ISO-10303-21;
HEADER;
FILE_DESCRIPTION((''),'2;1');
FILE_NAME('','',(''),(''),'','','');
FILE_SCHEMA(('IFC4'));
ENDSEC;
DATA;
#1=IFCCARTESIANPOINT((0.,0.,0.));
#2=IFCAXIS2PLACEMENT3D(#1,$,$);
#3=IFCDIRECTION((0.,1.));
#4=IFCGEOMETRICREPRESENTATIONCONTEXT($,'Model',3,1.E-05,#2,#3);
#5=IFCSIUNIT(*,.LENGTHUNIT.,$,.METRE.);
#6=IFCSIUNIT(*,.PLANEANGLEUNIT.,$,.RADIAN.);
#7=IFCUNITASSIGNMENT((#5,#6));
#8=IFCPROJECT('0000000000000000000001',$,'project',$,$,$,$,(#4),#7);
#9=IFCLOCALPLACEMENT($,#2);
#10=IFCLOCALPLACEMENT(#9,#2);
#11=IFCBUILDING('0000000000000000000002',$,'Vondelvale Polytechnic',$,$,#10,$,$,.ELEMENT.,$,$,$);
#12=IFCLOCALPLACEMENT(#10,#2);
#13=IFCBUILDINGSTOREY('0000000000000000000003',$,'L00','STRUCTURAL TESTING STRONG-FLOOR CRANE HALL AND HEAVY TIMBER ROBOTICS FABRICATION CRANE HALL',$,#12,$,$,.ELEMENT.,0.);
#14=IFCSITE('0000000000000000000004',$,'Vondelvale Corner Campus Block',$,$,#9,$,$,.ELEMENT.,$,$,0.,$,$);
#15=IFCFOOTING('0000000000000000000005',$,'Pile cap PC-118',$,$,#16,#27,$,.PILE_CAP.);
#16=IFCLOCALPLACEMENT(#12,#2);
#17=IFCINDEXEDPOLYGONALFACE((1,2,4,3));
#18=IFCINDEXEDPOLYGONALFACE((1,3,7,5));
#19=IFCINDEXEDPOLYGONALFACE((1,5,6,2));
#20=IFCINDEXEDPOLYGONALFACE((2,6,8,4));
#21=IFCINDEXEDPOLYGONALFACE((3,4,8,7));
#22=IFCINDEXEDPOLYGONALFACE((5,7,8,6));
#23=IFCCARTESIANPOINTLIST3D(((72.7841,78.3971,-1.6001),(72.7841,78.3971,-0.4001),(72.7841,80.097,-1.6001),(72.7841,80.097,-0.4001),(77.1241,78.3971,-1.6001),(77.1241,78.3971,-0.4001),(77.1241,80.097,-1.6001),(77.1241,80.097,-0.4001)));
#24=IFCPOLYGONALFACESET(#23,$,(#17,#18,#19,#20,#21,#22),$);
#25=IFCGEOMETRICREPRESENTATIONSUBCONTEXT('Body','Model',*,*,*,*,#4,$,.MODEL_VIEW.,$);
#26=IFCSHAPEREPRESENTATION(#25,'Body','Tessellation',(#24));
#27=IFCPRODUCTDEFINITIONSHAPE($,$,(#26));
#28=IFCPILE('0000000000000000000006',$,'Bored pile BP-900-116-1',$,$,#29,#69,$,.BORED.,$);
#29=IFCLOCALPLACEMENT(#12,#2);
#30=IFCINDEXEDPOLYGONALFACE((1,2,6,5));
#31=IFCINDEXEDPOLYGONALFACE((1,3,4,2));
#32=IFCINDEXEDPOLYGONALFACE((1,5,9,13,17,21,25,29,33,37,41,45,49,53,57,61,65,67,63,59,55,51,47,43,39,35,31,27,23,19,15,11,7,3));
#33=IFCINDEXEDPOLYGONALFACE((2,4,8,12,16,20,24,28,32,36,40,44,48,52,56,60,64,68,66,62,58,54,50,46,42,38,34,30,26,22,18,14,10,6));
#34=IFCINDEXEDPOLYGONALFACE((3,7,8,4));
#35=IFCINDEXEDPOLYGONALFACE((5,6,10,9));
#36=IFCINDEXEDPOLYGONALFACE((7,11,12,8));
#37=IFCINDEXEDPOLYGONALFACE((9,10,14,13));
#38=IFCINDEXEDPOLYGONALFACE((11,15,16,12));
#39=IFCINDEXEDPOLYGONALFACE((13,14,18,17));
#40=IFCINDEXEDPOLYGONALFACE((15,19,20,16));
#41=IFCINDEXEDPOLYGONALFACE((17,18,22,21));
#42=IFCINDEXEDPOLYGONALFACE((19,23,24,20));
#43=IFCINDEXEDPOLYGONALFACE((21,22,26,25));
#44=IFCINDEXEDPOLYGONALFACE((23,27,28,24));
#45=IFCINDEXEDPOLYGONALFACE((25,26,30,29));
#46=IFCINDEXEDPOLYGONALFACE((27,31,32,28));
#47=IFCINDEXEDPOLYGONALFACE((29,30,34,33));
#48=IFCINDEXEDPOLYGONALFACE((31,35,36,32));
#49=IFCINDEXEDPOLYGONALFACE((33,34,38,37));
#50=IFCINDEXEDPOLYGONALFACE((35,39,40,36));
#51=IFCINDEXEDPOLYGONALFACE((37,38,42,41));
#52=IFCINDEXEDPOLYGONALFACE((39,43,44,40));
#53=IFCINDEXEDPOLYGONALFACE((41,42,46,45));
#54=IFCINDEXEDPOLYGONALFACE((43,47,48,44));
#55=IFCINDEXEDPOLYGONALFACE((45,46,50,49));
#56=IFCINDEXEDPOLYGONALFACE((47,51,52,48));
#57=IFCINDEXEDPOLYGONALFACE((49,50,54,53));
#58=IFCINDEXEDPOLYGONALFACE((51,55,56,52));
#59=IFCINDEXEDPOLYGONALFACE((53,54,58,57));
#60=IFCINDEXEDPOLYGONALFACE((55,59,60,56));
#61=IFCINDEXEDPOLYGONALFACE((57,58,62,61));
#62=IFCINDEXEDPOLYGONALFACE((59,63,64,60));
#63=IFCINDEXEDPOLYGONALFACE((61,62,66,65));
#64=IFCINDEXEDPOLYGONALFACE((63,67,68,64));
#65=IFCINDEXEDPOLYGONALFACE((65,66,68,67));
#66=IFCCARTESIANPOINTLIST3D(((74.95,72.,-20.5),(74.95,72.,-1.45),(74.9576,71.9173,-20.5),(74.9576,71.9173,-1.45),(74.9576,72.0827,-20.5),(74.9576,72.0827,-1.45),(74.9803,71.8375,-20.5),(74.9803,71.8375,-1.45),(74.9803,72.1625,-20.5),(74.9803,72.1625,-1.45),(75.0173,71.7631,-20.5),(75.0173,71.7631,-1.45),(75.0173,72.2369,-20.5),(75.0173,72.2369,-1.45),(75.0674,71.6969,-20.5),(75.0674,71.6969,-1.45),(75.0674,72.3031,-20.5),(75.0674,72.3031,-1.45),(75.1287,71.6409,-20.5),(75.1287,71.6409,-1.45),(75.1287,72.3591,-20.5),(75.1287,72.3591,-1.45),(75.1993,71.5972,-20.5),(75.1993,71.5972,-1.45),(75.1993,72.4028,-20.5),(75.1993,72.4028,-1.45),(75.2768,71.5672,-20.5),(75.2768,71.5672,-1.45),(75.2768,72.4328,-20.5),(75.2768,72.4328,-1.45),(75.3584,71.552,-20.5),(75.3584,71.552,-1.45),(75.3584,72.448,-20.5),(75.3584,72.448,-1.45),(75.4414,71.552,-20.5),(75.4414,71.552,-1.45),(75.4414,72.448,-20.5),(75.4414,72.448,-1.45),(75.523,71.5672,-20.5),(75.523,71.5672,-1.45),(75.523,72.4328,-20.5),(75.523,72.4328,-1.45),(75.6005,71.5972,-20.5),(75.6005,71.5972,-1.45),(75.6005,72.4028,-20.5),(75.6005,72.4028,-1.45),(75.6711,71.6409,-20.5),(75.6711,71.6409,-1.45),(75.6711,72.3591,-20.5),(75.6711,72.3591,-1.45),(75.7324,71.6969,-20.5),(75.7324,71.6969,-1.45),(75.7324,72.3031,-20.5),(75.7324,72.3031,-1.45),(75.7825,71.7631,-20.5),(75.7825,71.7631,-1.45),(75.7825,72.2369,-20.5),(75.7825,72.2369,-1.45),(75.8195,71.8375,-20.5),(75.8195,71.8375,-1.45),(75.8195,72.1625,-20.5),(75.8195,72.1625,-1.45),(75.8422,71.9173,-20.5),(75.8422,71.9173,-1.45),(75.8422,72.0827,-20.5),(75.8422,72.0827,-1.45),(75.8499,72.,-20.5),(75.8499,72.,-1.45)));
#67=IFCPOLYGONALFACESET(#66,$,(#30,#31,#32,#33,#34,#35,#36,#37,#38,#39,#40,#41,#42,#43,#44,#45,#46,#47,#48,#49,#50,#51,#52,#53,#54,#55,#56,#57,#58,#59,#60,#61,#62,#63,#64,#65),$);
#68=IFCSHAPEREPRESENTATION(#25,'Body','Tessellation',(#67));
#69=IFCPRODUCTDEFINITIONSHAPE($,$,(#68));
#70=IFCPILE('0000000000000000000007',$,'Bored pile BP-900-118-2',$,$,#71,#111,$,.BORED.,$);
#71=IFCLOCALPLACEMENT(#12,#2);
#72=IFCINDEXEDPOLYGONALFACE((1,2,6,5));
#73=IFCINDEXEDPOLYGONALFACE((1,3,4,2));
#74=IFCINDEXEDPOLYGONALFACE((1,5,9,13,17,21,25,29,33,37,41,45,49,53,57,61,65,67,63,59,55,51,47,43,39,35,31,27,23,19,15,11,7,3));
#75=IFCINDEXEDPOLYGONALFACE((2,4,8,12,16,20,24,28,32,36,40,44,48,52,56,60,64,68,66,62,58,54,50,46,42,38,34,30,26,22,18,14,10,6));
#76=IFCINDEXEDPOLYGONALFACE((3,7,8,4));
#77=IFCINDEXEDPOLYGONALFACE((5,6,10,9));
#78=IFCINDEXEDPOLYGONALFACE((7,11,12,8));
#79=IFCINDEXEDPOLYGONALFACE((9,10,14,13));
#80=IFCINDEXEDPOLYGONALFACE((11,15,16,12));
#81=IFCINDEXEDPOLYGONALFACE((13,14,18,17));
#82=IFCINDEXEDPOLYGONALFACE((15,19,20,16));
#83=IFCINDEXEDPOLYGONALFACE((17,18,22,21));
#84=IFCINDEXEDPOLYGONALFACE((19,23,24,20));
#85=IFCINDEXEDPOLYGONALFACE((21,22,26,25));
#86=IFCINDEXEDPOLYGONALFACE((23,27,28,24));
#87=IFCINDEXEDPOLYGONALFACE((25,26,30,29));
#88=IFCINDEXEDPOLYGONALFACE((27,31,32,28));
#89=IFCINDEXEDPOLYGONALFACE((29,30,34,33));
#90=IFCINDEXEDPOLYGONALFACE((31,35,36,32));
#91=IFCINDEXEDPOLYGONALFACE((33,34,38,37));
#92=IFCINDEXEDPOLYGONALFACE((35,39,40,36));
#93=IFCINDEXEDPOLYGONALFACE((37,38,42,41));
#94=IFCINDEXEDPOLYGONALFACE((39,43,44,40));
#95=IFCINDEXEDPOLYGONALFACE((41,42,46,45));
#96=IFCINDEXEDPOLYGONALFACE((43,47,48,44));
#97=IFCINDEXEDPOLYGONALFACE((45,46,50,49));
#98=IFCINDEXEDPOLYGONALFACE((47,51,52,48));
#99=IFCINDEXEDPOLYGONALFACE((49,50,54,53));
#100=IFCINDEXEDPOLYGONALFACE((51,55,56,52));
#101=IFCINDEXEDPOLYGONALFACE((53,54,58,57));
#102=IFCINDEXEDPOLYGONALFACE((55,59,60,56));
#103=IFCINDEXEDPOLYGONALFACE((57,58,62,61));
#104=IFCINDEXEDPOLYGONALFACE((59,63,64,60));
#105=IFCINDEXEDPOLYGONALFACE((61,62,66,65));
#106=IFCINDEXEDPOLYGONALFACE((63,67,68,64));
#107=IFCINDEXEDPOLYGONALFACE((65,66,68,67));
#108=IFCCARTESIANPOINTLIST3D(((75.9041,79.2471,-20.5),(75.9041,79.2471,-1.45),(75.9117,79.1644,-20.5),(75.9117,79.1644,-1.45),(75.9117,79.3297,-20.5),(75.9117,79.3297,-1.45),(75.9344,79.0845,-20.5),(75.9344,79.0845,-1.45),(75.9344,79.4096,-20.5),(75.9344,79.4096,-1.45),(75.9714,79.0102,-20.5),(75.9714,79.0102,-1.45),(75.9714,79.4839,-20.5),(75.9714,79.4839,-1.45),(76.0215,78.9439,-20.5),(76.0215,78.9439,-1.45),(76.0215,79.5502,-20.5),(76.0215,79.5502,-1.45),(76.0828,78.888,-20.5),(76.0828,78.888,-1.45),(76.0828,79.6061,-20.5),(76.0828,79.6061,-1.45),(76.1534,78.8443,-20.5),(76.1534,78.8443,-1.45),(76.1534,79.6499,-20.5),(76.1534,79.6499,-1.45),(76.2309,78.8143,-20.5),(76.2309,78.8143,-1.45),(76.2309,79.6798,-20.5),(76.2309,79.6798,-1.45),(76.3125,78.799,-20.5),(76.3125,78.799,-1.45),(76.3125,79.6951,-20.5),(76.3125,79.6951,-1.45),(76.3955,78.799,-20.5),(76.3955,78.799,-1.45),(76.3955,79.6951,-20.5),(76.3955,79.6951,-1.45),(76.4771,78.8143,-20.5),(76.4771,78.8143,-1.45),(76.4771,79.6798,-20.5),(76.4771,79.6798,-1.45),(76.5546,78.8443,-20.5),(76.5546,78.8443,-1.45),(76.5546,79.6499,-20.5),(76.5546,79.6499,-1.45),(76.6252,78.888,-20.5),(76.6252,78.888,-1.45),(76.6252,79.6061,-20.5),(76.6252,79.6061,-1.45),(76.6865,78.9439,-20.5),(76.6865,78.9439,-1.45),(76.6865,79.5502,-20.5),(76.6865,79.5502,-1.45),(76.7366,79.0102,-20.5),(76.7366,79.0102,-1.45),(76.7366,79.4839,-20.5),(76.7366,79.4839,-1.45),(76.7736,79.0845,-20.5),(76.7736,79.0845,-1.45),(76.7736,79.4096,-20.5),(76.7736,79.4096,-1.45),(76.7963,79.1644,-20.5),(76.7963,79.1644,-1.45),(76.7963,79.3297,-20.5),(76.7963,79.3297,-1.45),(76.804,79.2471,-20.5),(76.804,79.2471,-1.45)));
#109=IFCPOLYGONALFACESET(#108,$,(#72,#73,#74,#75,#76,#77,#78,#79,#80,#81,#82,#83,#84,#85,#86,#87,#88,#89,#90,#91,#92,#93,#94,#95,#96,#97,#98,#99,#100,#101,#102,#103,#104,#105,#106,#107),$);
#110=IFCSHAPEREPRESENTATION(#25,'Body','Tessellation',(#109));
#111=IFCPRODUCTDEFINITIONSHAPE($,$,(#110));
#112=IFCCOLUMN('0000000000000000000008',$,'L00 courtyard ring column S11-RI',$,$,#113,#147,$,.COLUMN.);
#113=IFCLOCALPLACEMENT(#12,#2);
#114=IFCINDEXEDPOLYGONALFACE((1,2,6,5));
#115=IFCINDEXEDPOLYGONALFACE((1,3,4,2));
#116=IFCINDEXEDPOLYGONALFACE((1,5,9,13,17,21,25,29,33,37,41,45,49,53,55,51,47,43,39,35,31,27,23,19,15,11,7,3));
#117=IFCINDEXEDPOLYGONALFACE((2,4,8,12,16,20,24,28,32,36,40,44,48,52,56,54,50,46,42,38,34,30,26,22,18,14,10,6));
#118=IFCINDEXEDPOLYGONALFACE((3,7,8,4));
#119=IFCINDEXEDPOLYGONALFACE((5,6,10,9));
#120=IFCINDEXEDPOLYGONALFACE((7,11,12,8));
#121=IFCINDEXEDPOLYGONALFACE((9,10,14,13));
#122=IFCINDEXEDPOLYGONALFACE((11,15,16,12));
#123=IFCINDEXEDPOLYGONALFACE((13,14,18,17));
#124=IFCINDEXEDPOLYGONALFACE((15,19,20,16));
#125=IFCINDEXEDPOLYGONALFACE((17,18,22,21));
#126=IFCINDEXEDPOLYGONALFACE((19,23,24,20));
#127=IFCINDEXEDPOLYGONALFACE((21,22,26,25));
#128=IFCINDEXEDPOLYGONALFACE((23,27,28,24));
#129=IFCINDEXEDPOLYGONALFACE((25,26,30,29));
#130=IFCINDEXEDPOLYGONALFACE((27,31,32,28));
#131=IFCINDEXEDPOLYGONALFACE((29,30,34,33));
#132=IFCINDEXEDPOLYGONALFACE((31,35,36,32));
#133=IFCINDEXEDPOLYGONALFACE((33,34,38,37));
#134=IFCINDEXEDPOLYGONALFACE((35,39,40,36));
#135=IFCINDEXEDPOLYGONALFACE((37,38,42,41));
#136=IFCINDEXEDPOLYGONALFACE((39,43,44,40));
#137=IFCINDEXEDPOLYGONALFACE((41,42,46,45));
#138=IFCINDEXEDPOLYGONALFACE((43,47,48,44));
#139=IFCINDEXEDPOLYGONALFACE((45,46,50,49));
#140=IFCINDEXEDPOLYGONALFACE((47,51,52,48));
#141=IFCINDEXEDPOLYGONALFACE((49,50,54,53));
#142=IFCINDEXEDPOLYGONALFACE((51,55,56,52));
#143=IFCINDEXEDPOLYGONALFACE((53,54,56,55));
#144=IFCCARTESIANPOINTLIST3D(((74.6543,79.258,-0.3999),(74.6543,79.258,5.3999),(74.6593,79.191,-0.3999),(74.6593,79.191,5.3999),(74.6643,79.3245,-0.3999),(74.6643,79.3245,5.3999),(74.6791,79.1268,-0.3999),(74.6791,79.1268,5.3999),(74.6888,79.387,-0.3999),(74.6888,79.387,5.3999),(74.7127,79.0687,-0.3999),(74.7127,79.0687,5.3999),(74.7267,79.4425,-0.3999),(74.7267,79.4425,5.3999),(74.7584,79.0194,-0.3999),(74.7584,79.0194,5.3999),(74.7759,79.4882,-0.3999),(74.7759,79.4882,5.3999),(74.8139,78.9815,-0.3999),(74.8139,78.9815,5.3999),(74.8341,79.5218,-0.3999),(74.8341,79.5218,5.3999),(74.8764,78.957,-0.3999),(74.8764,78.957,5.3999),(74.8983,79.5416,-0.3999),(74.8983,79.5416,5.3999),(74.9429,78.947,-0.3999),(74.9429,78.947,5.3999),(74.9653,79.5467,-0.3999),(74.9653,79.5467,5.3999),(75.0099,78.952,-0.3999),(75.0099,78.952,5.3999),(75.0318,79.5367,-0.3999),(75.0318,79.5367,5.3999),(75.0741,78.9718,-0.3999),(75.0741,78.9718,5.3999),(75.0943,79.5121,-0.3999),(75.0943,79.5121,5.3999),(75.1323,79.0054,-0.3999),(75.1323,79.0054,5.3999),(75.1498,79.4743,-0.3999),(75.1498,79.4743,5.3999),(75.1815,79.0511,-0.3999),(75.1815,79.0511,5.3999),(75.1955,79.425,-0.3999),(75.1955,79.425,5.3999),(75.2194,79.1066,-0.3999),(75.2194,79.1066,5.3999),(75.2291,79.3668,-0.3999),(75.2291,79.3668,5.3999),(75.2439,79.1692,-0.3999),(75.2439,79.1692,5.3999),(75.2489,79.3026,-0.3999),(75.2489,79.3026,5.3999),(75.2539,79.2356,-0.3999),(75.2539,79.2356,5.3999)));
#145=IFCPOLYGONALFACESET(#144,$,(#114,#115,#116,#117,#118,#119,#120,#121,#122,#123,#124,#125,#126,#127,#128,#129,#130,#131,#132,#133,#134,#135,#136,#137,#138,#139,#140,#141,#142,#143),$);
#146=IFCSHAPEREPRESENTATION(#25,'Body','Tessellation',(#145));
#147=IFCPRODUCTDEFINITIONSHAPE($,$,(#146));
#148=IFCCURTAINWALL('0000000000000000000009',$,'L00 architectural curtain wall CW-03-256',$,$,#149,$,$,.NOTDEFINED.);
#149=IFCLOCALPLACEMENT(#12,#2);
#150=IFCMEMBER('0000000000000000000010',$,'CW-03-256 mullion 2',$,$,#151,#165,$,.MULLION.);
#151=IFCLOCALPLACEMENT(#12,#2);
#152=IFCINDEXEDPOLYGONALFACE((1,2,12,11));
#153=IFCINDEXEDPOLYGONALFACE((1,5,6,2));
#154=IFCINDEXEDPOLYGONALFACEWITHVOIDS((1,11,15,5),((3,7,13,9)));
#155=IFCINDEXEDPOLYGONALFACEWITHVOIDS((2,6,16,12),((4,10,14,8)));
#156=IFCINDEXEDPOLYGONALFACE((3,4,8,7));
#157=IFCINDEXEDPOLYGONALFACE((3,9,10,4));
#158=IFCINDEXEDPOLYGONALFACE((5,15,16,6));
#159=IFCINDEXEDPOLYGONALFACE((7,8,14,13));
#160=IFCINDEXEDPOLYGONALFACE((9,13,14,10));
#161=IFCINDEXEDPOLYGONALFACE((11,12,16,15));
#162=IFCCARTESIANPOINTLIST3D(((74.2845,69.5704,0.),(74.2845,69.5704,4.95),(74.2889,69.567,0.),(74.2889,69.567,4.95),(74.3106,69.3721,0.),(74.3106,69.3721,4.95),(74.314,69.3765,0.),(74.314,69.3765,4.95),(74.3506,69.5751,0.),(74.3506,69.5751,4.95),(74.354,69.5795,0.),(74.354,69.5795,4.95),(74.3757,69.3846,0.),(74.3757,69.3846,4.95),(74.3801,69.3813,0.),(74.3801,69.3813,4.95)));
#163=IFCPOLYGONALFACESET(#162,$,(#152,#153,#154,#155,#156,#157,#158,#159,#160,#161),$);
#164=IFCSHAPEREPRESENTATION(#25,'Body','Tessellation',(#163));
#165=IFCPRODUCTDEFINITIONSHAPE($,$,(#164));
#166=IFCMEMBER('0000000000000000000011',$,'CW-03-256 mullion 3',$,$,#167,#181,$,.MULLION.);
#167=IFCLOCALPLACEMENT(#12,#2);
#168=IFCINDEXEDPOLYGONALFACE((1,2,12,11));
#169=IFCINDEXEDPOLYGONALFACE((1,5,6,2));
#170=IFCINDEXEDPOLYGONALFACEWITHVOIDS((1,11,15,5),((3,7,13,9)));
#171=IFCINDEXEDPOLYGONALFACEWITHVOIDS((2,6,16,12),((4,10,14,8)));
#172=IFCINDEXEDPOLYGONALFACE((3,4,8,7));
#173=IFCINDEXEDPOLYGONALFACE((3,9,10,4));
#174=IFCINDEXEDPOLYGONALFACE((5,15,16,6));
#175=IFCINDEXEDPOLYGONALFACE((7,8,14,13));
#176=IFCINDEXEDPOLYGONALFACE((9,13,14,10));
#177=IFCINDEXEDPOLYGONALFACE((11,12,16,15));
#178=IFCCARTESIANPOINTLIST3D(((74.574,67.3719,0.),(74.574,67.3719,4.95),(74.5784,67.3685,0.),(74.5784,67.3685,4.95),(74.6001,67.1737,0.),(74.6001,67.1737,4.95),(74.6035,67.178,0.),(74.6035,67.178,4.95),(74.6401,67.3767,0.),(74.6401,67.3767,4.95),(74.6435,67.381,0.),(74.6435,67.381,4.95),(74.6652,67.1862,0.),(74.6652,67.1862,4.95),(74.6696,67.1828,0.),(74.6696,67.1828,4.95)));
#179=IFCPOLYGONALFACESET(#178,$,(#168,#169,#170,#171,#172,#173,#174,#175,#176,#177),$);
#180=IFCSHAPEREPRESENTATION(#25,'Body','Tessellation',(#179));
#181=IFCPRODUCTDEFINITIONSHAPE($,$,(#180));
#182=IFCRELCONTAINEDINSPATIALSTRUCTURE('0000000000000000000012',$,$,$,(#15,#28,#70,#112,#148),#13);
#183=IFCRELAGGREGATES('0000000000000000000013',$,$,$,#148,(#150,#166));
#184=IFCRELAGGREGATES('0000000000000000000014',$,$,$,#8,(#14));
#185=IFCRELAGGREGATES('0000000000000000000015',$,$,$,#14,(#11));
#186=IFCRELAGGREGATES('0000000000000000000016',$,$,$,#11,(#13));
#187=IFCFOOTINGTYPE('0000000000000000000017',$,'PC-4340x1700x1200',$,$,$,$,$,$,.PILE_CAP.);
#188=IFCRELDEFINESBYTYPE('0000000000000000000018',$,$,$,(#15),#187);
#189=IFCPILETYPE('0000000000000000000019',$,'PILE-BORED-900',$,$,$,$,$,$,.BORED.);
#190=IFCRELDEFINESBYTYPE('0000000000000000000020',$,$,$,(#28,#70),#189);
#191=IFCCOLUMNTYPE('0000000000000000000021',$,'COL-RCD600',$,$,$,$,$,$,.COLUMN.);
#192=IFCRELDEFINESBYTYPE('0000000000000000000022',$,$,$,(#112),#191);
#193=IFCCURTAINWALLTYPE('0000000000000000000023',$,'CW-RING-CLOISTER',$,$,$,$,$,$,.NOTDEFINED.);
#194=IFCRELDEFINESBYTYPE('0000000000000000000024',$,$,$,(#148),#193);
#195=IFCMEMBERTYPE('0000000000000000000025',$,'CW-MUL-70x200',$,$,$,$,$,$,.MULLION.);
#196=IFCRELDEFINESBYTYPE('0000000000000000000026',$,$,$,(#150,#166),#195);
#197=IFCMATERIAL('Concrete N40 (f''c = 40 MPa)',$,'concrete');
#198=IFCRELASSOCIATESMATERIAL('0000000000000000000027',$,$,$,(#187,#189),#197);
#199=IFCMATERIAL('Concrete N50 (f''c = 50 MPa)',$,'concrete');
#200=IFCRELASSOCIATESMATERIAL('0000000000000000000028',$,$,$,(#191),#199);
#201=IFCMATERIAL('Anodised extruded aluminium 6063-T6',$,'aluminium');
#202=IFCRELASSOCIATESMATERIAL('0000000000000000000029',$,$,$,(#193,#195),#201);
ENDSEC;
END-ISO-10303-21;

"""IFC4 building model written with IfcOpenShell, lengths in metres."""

from ifc_helpers import new_model, si_unit, direction, frame, origin, origin_2d, place, context, subcontext, project, spatial, rectangle, hollow_rectangle, circle, extrude, material, material_profile, profile_set, type_object, element, aggregate, save


model = new_model("IFC4")

# Units and contexts
model_context = context("Model", 3, precision=1e-05, world=origin(), true_north=direction((0.0, 1.0)))
body_context = subcontext(model_context, "Body", "Model", "MODEL_VIEW")
ifc_project = project(units=[si_unit("LENGTHUNIT", "METRE"), si_unit("PLANEANGLEUNIT", "RADIAN")], contexts=[model_context])

# Site, building, storey
site_placement = place(None, origin())
site = spatial("IfcSite", under=ifc_project, at=site_placement, Name="Vondelvale Corner Campus Block", CompositionType="ELEMENT", RefElevation=0.0)
building_placement = place(site_placement, origin())
building = spatial("IfcBuilding", under=site, at=building_placement, Name="Vondelvale Polytechnic", CompositionType="ELEMENT")
storey_placement = place(building_placement, origin())
storey = spatial("IfcBuildingStorey", under=building, at=storey_placement, Name="L00", Description="STRUCTURAL TESTING STRONG-FLOOR CRANE HALL AND HEAVY TIMBER ROBOTICS FABRICATION CRANE HALL", CompositionType="ELEMENT", Elevation=0.0)

# Footing
ifc_material_1 = material(Name="Concrete N40 (f'c = 40 MPa)", Category="concrete")
footing_type = type_object("IfcFootingType", Name="PC-4340x1700x1200", PredefinedType="PILE_CAP", material=ifc_material_1)
footing_placement = place(storey_placement, frame((74.9541, 79.2471, -1.6001), z_axis=(0.0, 0.0, 1.0), x_axis=(1.0, 0.0, 0.0)))
element("IfcFooting", 1, at=footing_placement, inside=storey, type_object=footing_type, Name="Pile cap PC-118", PredefinedType="PILE_CAP", context=body_context, shape_type="SweptSolid", body=[
    extrude(rectangle(XDim=4.3401, YDim=1.7, at=origin_2d()), origin(), (0.0, 0.0, 1.0), 1.2),
])

# Piles
ifc_material_profile_1 = material_profile(ifc_material_1, circle(Radius=0.45, at=origin_2d()), Name="PILE-D900")
ifc_profile_set_1 = profile_set([ifc_material_profile_1], Name="Concrete N40 (f'c = 40 MPa)")
pile_type = type_object("IfcPileType", Name="PILE-BORED-900", PredefinedType="BORED", material=ifc_profile_set_1)
for number, where, z_axis, x_axis, name in (
    (2, (75.3999, 72.0, -1.45), (0.0, 0.0, -1.0), (1.0, 0.0, 0.0), "Bored pile BP-900-116-1"),
    (3, (76.354, 79.2471, -1.45), (0.0, 0.0, -1.0), (1.0, 0.0, 0.0), "Bored pile BP-900-118-2"),
):
    element("IfcPile", number, at=place(storey_placement, frame(where, z_axis=z_axis, x_axis=x_axis)), inside=storey, type_object=pile_type, Name=name, PredefinedType="BORED", context=body_context, shape_type="SweptSolid", body=[
        extrude(circle(Radius=0.45, at=origin_2d()), origin(), (0.0, 0.0, 1.0), 19.05),
    ])

# Column
ifc_material_2 = material(Name="Concrete N50 (f'c = 50 MPa)", Category="concrete")
ifc_material_profile_2 = material_profile(ifc_material_2, circle(Radius=0.3, at=origin_2d()), Name="RC-COL-D600")
ifc_profile_set_2 = profile_set([ifc_material_profile_2], Name="Concrete N50 (f'c = 50 MPa)")
column_type = type_object("IfcColumnType", Name="COL-RCD600", PredefinedType="COLUMN", material=ifc_profile_set_2)
column_placement = place(storey_placement, frame((74.9541, 79.2468, -0.3999), z_axis=(0.0, 0.0, 1.0), x_axis=(-0.965926, 0.258819, 0.0)))
element("IfcColumn", 4, at=column_placement, inside=storey, type_object=column_type, Name="L00 courtyard ring column S11-RI", PredefinedType="COLUMN", context=body_context, shape_type="SweptSolid", body=[
    extrude(circle(Radius=0.3, at=origin_2d()), origin(), (0.0, 0.0, 1.0), 5.7998),
])

# Curtain wall, members
ifc_material_3 = material(Name="Anodised extruded aluminium 6063-T6", Category="aluminium")
curtain_wall_type = type_object("IfcCurtainWallType", Name="CW-RING-CLOISTER", PredefinedType="NOTDEFINED", material=ifc_material_3)
curtain_wall_placement = place(storey_placement, origin())
curtain_wall = element("IfcCurtainWall", 5, at=curtain_wall_placement, inside=storey, type_object=curtain_wall_type, Name="L00 architectural curtain wall CW-03-256", PredefinedType="NOTDEFINED")
ifc_material_profile_3 = material_profile(ifc_material_3, hollow_rectangle(XDim=0.0701, YDim=0.2, WallThickness=0.0039, at=origin_2d()), Name="CW-MUL-200x70")
ifc_profile_set_3 = profile_set([ifc_material_profile_3], Name="Anodised extruded aluminium 6063-T6")
member_type_1 = type_object("IfcMemberType", Name="CW-MUL-70x200", PredefinedType="MULLION", material=ifc_profile_set_3)
member_1_placement = place(storey_placement, frame((74.3323, 69.4758, 0.0), z_axis=(0.0, 0.0, 1.0), x_axis=(0.991445, 0.130528, 0.0)))
member_1 = element("IfcMember", 6, at=member_1_placement, type_object=member_type_1, Name="CW-03-256 mullion 2", PredefinedType="MULLION", context=body_context, shape_type="SweptSolid", body=[
    extrude(hollow_rectangle(XDim=0.0701, YDim=0.2, WallThickness=0.0039, at=origin_2d()), origin(), (0.0, 0.0, 1.0), 4.95),
])
member_2_placement = place(storey_placement, frame((74.6218, 67.2773, 0.0), z_axis=(0.0, 0.0, 1.0), x_axis=(0.991445, 0.130528, 0.0)))
member_2 = element("IfcMember", 7, at=member_2_placement, type_object=member_type_1, Name="CW-03-256 mullion 3", PredefinedType="MULLION", context=body_context, shape_type="SweptSolid", body=[
    extrude(hollow_rectangle(XDim=0.0701, YDim=0.2, WallThickness=0.0039, at=origin_2d()), origin(), (0.0, 0.0, 1.0), 4.95),
])
aggregate(curtain_wall, [member_1, member_2])

save(model, "model.ifc")
